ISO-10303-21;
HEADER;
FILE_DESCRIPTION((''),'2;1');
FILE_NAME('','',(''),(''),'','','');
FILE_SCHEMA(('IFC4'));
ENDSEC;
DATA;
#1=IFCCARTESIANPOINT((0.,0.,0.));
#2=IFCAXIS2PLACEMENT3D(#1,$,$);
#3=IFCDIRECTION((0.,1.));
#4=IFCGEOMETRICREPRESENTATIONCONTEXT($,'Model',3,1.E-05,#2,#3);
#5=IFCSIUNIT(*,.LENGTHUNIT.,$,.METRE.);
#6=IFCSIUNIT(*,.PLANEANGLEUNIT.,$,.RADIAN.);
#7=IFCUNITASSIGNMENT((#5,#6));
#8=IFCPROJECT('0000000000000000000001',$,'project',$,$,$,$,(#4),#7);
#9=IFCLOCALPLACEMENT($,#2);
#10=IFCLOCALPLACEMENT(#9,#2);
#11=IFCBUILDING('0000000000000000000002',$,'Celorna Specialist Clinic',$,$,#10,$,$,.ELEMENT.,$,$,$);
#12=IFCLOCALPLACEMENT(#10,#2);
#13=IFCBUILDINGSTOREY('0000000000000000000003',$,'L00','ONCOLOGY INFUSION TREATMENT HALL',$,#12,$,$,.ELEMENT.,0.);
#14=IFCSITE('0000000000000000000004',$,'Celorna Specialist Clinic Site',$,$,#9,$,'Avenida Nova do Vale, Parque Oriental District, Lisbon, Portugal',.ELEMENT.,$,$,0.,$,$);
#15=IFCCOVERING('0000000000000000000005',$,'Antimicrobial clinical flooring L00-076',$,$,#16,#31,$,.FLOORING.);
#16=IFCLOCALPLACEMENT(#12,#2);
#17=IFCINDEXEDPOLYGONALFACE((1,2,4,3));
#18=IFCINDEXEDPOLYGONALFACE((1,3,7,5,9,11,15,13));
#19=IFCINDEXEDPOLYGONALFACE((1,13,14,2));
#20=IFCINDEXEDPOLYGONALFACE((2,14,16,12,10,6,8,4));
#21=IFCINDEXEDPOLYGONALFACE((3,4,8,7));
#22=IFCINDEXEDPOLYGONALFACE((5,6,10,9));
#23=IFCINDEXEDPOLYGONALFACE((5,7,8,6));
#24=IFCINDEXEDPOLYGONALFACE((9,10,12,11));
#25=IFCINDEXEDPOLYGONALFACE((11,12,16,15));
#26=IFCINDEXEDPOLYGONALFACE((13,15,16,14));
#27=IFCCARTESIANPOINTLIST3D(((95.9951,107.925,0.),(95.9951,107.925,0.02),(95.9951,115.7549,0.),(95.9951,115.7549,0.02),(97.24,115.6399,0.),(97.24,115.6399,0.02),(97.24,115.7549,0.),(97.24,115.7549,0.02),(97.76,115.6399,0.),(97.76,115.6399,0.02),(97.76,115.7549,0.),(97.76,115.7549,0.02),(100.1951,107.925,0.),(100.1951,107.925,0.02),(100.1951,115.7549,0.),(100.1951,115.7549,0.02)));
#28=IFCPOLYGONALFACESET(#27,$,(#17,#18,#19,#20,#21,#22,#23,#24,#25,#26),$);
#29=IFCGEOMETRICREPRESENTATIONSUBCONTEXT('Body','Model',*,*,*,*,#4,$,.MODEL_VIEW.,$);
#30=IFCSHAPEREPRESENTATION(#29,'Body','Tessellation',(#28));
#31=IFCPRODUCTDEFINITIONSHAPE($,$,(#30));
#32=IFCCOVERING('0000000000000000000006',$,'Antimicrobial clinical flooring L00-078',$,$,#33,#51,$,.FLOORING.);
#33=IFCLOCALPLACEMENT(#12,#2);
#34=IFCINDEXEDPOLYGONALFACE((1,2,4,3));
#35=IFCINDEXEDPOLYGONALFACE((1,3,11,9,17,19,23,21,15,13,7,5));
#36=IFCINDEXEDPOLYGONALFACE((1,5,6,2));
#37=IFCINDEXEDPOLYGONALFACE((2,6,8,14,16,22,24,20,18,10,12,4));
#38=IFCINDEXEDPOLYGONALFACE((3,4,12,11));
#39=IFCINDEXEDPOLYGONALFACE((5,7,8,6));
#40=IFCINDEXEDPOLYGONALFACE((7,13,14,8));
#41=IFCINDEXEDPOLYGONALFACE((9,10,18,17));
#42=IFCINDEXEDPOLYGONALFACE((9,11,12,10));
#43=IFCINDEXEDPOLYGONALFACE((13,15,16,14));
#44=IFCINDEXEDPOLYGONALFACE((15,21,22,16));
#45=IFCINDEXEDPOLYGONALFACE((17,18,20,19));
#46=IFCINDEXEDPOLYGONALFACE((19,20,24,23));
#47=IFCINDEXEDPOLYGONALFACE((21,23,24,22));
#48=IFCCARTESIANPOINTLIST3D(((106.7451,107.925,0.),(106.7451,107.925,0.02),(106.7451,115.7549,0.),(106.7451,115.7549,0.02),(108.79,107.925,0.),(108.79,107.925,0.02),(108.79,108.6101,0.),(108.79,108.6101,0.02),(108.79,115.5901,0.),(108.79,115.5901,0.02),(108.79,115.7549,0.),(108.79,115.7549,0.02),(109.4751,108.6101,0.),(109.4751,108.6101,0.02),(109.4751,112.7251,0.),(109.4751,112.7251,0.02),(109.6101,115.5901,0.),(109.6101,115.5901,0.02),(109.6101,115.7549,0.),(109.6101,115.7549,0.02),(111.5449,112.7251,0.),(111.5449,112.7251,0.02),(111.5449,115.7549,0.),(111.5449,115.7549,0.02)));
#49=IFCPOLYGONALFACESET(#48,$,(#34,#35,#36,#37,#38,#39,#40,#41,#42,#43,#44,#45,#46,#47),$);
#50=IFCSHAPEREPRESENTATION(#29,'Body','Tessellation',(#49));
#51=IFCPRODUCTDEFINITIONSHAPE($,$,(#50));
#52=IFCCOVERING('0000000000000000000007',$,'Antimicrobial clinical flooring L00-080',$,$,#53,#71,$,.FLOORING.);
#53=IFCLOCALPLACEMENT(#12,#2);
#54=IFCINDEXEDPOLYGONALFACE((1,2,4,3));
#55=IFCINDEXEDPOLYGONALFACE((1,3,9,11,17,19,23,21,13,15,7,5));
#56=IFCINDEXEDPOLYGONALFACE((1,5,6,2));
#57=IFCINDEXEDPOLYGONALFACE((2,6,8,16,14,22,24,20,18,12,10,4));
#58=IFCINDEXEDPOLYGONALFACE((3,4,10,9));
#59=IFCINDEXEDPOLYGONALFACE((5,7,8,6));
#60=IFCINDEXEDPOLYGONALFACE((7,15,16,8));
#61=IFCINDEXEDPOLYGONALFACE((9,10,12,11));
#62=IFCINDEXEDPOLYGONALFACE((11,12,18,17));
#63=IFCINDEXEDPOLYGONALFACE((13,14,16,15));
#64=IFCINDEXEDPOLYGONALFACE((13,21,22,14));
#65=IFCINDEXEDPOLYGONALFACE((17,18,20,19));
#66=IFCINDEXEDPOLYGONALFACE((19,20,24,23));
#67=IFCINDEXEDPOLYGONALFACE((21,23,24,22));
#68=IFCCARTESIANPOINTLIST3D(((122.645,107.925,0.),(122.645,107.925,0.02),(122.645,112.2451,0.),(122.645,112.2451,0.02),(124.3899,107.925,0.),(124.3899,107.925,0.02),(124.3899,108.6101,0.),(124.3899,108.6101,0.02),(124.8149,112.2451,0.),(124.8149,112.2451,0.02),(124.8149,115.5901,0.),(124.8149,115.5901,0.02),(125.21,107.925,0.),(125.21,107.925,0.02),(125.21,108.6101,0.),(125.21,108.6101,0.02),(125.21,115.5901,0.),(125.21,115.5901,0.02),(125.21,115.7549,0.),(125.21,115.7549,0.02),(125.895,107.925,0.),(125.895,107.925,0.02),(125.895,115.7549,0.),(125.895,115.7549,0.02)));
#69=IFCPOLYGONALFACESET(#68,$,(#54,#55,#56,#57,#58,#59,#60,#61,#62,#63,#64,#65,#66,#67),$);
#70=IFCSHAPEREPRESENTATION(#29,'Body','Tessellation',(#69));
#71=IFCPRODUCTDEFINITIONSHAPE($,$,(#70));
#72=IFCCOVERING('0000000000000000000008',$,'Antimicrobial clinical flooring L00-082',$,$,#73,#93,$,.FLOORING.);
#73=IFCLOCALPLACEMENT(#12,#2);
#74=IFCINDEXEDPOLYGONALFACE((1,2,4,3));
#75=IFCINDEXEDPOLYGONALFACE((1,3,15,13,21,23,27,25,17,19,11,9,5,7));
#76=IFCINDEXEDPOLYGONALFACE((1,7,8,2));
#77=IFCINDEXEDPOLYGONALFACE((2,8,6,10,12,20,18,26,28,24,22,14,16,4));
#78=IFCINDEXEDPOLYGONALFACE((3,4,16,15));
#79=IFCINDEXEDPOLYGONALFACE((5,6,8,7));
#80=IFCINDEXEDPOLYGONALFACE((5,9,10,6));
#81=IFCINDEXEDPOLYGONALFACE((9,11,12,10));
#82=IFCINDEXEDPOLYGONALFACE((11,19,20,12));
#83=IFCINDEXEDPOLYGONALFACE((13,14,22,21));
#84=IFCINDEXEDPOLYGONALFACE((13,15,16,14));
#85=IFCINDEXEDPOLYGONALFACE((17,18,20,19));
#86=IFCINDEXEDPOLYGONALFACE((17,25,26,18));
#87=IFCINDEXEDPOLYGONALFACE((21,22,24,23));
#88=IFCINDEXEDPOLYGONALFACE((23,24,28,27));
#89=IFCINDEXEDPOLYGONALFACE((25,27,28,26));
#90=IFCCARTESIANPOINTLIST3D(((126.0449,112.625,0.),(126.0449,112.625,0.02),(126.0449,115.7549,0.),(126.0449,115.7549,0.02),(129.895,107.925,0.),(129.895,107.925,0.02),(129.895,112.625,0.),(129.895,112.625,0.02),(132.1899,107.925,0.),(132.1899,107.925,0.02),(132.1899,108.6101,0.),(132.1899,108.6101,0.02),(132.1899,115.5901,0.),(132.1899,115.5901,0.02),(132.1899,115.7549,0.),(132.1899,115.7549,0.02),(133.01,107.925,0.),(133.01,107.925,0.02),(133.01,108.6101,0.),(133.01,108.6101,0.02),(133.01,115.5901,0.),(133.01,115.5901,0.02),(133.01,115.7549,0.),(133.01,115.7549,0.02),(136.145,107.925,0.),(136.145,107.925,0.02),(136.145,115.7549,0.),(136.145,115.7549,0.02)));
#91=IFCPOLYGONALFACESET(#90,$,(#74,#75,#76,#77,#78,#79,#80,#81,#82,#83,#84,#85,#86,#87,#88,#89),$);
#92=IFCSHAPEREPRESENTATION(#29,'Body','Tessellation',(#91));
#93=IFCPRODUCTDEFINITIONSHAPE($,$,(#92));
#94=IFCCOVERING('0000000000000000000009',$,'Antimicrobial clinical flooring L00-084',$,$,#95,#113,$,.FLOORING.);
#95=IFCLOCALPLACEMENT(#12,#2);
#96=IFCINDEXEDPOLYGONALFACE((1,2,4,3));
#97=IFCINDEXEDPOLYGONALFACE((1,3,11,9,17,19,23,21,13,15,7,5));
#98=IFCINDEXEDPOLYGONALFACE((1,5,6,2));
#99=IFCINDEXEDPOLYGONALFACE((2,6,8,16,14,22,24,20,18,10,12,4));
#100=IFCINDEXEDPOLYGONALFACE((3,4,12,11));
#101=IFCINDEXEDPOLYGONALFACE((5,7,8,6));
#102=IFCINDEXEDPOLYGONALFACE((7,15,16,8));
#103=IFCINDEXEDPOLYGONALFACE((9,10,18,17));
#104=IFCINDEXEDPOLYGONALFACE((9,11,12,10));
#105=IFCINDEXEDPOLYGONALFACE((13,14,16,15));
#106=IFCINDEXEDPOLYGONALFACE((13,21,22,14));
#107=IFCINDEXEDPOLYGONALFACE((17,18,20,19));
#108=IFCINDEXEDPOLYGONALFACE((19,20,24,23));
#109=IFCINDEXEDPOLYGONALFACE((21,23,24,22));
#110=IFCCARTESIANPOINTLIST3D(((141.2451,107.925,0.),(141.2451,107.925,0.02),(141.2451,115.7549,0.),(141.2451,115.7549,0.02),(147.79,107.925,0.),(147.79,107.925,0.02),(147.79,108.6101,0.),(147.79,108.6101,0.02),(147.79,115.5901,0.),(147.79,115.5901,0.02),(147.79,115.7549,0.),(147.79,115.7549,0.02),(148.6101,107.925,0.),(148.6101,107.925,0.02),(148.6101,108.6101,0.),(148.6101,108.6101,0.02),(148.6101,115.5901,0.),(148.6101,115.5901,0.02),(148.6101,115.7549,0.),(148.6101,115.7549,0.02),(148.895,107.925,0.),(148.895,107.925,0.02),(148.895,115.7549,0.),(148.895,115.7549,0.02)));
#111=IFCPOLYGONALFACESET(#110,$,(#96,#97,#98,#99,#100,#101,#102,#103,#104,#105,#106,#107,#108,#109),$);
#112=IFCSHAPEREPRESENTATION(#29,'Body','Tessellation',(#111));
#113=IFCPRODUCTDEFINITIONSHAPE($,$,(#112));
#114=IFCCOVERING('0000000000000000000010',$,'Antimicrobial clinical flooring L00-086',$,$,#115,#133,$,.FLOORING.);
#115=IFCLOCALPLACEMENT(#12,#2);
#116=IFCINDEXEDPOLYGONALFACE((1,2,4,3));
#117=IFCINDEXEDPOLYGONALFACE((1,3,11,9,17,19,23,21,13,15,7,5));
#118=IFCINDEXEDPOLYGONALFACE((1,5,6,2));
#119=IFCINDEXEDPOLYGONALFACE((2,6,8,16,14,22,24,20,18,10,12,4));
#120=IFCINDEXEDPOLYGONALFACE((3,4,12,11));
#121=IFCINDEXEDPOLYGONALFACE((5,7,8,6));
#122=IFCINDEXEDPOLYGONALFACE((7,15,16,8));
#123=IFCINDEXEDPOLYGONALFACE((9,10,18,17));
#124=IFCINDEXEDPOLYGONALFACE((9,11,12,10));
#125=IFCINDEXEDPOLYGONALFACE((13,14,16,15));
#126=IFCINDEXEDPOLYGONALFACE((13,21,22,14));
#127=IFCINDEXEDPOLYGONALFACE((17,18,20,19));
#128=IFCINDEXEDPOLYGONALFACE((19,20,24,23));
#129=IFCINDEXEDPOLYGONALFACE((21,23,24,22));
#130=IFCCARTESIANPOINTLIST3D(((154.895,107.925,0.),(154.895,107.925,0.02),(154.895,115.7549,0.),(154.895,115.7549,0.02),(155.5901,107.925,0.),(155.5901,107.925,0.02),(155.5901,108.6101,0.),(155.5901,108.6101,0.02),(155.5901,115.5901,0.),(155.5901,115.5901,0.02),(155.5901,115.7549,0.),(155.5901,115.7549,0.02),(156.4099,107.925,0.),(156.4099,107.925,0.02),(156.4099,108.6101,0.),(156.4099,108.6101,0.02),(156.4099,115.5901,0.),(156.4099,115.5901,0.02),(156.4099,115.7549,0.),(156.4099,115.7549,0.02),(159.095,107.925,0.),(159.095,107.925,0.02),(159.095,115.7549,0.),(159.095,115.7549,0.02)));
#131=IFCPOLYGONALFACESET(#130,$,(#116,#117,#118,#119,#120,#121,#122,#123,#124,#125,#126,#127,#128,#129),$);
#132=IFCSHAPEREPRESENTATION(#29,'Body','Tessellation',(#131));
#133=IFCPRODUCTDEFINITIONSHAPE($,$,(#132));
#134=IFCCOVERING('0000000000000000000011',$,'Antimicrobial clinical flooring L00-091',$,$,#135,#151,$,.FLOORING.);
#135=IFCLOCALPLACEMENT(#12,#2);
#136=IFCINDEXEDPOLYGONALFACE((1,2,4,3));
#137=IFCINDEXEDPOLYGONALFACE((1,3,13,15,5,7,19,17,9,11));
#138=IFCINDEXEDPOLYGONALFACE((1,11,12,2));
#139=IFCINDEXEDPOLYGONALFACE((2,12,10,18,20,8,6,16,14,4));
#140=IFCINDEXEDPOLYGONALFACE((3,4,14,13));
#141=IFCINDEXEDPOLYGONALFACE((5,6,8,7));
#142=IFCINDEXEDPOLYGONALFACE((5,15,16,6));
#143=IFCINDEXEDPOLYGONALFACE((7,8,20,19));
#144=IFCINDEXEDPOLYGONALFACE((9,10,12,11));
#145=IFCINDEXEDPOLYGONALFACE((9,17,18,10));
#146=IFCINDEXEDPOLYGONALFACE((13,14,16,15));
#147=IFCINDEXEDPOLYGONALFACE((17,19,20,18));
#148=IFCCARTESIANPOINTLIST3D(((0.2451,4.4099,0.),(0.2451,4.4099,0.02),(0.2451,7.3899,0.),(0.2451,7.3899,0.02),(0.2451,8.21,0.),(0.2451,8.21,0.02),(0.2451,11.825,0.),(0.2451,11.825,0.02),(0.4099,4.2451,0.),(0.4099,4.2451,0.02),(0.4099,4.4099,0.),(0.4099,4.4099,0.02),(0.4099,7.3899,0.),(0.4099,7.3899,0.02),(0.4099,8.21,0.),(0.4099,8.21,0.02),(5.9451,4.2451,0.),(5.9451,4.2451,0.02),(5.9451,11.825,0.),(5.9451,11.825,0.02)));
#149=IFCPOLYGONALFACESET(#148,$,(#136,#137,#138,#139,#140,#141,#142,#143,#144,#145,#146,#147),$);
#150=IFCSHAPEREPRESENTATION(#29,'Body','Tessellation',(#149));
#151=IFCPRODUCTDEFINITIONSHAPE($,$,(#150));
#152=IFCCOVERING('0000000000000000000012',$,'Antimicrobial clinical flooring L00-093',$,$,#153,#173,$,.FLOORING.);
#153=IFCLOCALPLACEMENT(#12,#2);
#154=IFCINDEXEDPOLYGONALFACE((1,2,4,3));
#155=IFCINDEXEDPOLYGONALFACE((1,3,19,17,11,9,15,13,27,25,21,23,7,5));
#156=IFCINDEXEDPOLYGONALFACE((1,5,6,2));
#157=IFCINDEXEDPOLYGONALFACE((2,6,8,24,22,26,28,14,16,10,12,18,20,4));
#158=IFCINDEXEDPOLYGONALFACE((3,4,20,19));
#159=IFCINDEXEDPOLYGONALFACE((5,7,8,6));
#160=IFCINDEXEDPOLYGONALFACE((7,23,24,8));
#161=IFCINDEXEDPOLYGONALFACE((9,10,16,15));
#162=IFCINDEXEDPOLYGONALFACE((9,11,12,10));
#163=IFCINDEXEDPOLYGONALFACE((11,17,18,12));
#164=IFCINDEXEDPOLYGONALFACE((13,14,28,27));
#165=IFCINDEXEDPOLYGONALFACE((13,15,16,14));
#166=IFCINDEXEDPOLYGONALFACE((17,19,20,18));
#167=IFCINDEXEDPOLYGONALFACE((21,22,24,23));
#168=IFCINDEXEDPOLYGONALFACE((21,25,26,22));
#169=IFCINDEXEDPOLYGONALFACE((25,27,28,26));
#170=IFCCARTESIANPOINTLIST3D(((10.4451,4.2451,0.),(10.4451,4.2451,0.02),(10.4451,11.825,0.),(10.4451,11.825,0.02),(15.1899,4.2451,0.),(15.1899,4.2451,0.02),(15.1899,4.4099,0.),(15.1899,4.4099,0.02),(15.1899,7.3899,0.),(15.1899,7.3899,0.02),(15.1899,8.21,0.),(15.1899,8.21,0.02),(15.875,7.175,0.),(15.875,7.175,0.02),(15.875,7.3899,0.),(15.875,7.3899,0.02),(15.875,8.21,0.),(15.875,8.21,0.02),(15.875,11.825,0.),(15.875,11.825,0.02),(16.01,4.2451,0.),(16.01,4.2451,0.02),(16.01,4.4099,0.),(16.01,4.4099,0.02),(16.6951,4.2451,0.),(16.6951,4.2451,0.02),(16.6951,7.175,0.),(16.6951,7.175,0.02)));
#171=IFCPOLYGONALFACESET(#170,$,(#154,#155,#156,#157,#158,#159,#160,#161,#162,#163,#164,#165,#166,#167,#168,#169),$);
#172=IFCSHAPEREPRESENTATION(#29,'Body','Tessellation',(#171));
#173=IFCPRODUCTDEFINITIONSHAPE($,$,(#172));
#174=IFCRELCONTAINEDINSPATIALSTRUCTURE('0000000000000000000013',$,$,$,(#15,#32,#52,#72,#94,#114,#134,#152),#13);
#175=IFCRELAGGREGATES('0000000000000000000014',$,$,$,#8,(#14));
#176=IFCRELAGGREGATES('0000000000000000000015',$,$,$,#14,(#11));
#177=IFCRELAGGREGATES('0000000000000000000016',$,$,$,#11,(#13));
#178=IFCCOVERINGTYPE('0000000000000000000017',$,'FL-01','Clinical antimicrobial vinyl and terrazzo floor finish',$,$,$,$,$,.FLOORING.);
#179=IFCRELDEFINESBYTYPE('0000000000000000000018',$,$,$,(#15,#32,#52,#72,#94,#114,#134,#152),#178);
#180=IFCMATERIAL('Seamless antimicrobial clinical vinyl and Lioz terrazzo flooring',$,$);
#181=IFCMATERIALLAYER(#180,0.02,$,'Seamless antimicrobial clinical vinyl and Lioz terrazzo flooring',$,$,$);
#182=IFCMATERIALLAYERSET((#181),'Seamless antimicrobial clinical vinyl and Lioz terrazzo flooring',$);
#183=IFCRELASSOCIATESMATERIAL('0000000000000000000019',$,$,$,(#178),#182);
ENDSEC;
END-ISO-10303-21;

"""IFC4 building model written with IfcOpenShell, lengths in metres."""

from ifc_helpers import new_model, si_unit, direction, origin, place, context, subcontext, project, spatial, polyline, outline, extrude, material, layer, layer_set, type_object, element, save


model = new_model("IFC4")

# Units and contexts
model_context = context("Model", 3, precision=1e-05, world=origin(), true_north=direction((0.0, 1.0)))
body_context = subcontext(model_context, "Body", "Model", "MODEL_VIEW")
ifc_project = project(units=[si_unit("LENGTHUNIT", "METRE"), si_unit("PLANEANGLEUNIT", "RADIAN")], contexts=[model_context])

# Site, building, storey
site_placement = place(None, origin())
site = spatial("IfcSite", under=ifc_project, at=site_placement, Name="Celorna Specialist Clinic Site", LongName="Avenida Nova do Vale, Parque Oriental District, Lisbon, Portugal", CompositionType="ELEMENT", RefElevation=0.0)
building_placement = place(site_placement, origin())
building = spatial("IfcBuilding", under=site, at=building_placement, Name="Celorna Specialist Clinic", CompositionType="ELEMENT")
storey_placement = place(building_placement, origin())
storey = spatial("IfcBuildingStorey", under=building, at=storey_placement, Name="L00", Description="ONCOLOGY INFUSION TREATMENT HALL", CompositionType="ELEMENT", Elevation=0.0)

# Coverings
ifc_material_1 = material(Name="Seamless antimicrobial clinical vinyl and Lioz terrazzo flooring")
ifc_layer_1 = layer(ifc_material_1, 0.02, Name="Seamless antimicrobial clinical vinyl and Lioz terrazzo flooring")
ifc_layer_set_1 = layer_set([ifc_layer_1], Name="Seamless antimicrobial clinical vinyl and Lioz terrazzo flooring")
covering_type_1 = type_object("IfcCoveringType", Name="FL-01", Description="Clinical antimicrobial vinyl and terrazzo floor finish", PredefinedType="FLOORING", material=ifc_layer_set_1)
covering_1_placement = place(storey_placement, origin())
element("IfcCovering", 1, at=covering_1_placement, inside=storey, type_object=covering_type_1, Name="Antimicrobial clinical flooring L00-076", PredefinedType="FLOORING", context=body_context, shape_type="SweptSolid", body=[
    extrude(outline(polyline([(95.9951, 115.7549), (97.24, 115.7549), (97.24, 115.6399), (97.76, 115.6399), (97.76, 115.7549), (100.1951, 115.7549), (100.1951, 107.925), (95.9951, 107.925), (95.9951, 115.7549)])), origin(), (0.0, 0.0, 1.0), 0.02),
])
covering_2_placement = place(storey_placement, origin())
element("IfcCovering", 2, at=covering_2_placement, inside=storey, type_object=covering_type_1, Name="Antimicrobial clinical flooring L00-078", PredefinedType="FLOORING", context=body_context, shape_type="SweptSolid", body=[
    extrude(outline(polyline([(106.7451, 115.7549), (108.79, 115.7549), (108.79, 115.5901), (109.6101, 115.5901), (109.6101, 115.7549), (111.5449, 115.7549), (111.5449, 112.7251), (109.4751, 112.7251), (109.4751, 108.6101), (108.79, 108.6101), (108.79, 107.925), (106.7451, 107.925), (106.7451, 115.7549)])), origin(), (0.0, 0.0, 1.0), 0.02),
])
covering_3_placement = place(storey_placement, origin())
element("IfcCovering", 3, at=covering_3_placement, inside=storey, type_object=covering_type_1, Name="Antimicrobial clinical flooring L00-080", PredefinedType="FLOORING", context=body_context, shape_type="SweptSolid", body=[
    extrude(outline(polyline([(124.3899, 107.925), (122.645, 107.925), (122.645, 112.2451), (124.8149, 112.2451), (124.8149, 115.5901), (125.21, 115.5901), (125.21, 115.7549), (125.895, 115.7549), (125.895, 107.925), (125.21, 107.925), (125.21, 108.6101), (124.3899, 108.6101), (124.3899, 107.925)])), origin(), (0.0, 0.0, 1.0), 0.02),
])
covering_4_placement = place(storey_placement, origin())
element("IfcCovering", 4, at=covering_4_placement, inside=storey, type_object=covering_type_1, Name="Antimicrobial clinical flooring L00-082", PredefinedType="FLOORING", context=body_context, shape_type="SweptSolid", body=[
    extrude(outline(polyline([(129.895, 107.925), (129.895, 112.625), (126.0449, 112.625), (126.0449, 115.7549), (132.1899, 115.7549), (132.1899, 115.5901), (133.01, 115.5901), (133.01, 115.7549), (136.145, 115.7549), (136.145, 107.925), (133.01, 107.925), (133.01, 108.6101), (132.1899, 108.6101), (132.1899, 107.925), (129.895, 107.925)])), origin(), (0.0, 0.0, 1.0), 0.02),
])
covering_5_placement = place(storey_placement, origin())
element("IfcCovering", 5, at=covering_5_placement, inside=storey, type_object=covering_type_1, Name="Antimicrobial clinical flooring L00-084", PredefinedType="FLOORING", context=body_context, shape_type="SweptSolid", body=[
    extrude(outline(polyline([(141.2451, 115.7549), (147.79, 115.7549), (147.79, 115.5901), (148.6101, 115.5901), (148.6101, 115.7549), (148.895, 115.7549), (148.895, 107.925), (148.6101, 107.925), (148.6101, 108.6101), (147.79, 108.6101), (147.79, 107.925), (141.2451, 107.925), (141.2451, 115.7549)])), origin(), (0.0, 0.0, 1.0), 0.02),
])
covering_6_placement = place(storey_placement, origin())
element("IfcCovering", 6, at=covering_6_placement, inside=storey, type_object=covering_type_1, Name="Antimicrobial clinical flooring L00-086", PredefinedType="FLOORING", context=body_context, shape_type="SweptSolid", body=[
    extrude(outline(polyline([(154.895, 115.7549), (155.5901, 115.7549), (155.5901, 115.5901), (156.4099, 115.5901), (156.4099, 115.7549), (159.095, 115.7549), (159.095, 107.925), (156.4099, 107.925), (156.4099, 108.6101), (155.5901, 108.6101), (155.5901, 107.925), (154.895, 107.925), (154.895, 115.7549)])), origin(), (0.0, 0.0, 1.0), 0.02),
])
covering_7_placement = place(storey_placement, origin())
element("IfcCovering", 7, at=covering_7_placement, inside=storey, type_object=covering_type_1, Name="Antimicrobial clinical flooring L00-091", PredefinedType="FLOORING", context=body_context, shape_type="SweptSolid", body=[
    extrude(outline(polyline([(0.2451, 7.3899), (0.4099, 7.3899), (0.4099, 8.21), (0.2451, 8.21), (0.2451, 11.825), (5.9451, 11.825), (5.9451, 4.2451), (0.4099, 4.2451), (0.4099, 4.4099), (0.2451, 4.4099), (0.2451, 7.3899)])), origin(), (0.0, 0.0, 1.0), 0.02),
])
covering_8_placement = place(storey_placement, origin())
element("IfcCovering", 8, at=covering_8_placement, inside=storey, type_object=covering_type_1, Name="Antimicrobial clinical flooring L00-093", PredefinedType="FLOORING", context=body_context, shape_type="SweptSolid", body=[
    extrude(outline(polyline([(15.875, 7.3899), (15.875, 7.175), (16.6951, 7.175), (16.6951, 4.2451), (16.01, 4.2451), (16.01, 4.4099), (15.1899, 4.4099), (15.1899, 4.2451), (10.4451, 4.2451), (10.4451, 11.825), (15.875, 11.825), (15.875, 8.21), (15.1899, 8.21), (15.1899, 7.3899), (15.875, 7.3899)])), origin(), (0.0, 0.0, 1.0), 0.02),
])

save(model, "model.ifc")
